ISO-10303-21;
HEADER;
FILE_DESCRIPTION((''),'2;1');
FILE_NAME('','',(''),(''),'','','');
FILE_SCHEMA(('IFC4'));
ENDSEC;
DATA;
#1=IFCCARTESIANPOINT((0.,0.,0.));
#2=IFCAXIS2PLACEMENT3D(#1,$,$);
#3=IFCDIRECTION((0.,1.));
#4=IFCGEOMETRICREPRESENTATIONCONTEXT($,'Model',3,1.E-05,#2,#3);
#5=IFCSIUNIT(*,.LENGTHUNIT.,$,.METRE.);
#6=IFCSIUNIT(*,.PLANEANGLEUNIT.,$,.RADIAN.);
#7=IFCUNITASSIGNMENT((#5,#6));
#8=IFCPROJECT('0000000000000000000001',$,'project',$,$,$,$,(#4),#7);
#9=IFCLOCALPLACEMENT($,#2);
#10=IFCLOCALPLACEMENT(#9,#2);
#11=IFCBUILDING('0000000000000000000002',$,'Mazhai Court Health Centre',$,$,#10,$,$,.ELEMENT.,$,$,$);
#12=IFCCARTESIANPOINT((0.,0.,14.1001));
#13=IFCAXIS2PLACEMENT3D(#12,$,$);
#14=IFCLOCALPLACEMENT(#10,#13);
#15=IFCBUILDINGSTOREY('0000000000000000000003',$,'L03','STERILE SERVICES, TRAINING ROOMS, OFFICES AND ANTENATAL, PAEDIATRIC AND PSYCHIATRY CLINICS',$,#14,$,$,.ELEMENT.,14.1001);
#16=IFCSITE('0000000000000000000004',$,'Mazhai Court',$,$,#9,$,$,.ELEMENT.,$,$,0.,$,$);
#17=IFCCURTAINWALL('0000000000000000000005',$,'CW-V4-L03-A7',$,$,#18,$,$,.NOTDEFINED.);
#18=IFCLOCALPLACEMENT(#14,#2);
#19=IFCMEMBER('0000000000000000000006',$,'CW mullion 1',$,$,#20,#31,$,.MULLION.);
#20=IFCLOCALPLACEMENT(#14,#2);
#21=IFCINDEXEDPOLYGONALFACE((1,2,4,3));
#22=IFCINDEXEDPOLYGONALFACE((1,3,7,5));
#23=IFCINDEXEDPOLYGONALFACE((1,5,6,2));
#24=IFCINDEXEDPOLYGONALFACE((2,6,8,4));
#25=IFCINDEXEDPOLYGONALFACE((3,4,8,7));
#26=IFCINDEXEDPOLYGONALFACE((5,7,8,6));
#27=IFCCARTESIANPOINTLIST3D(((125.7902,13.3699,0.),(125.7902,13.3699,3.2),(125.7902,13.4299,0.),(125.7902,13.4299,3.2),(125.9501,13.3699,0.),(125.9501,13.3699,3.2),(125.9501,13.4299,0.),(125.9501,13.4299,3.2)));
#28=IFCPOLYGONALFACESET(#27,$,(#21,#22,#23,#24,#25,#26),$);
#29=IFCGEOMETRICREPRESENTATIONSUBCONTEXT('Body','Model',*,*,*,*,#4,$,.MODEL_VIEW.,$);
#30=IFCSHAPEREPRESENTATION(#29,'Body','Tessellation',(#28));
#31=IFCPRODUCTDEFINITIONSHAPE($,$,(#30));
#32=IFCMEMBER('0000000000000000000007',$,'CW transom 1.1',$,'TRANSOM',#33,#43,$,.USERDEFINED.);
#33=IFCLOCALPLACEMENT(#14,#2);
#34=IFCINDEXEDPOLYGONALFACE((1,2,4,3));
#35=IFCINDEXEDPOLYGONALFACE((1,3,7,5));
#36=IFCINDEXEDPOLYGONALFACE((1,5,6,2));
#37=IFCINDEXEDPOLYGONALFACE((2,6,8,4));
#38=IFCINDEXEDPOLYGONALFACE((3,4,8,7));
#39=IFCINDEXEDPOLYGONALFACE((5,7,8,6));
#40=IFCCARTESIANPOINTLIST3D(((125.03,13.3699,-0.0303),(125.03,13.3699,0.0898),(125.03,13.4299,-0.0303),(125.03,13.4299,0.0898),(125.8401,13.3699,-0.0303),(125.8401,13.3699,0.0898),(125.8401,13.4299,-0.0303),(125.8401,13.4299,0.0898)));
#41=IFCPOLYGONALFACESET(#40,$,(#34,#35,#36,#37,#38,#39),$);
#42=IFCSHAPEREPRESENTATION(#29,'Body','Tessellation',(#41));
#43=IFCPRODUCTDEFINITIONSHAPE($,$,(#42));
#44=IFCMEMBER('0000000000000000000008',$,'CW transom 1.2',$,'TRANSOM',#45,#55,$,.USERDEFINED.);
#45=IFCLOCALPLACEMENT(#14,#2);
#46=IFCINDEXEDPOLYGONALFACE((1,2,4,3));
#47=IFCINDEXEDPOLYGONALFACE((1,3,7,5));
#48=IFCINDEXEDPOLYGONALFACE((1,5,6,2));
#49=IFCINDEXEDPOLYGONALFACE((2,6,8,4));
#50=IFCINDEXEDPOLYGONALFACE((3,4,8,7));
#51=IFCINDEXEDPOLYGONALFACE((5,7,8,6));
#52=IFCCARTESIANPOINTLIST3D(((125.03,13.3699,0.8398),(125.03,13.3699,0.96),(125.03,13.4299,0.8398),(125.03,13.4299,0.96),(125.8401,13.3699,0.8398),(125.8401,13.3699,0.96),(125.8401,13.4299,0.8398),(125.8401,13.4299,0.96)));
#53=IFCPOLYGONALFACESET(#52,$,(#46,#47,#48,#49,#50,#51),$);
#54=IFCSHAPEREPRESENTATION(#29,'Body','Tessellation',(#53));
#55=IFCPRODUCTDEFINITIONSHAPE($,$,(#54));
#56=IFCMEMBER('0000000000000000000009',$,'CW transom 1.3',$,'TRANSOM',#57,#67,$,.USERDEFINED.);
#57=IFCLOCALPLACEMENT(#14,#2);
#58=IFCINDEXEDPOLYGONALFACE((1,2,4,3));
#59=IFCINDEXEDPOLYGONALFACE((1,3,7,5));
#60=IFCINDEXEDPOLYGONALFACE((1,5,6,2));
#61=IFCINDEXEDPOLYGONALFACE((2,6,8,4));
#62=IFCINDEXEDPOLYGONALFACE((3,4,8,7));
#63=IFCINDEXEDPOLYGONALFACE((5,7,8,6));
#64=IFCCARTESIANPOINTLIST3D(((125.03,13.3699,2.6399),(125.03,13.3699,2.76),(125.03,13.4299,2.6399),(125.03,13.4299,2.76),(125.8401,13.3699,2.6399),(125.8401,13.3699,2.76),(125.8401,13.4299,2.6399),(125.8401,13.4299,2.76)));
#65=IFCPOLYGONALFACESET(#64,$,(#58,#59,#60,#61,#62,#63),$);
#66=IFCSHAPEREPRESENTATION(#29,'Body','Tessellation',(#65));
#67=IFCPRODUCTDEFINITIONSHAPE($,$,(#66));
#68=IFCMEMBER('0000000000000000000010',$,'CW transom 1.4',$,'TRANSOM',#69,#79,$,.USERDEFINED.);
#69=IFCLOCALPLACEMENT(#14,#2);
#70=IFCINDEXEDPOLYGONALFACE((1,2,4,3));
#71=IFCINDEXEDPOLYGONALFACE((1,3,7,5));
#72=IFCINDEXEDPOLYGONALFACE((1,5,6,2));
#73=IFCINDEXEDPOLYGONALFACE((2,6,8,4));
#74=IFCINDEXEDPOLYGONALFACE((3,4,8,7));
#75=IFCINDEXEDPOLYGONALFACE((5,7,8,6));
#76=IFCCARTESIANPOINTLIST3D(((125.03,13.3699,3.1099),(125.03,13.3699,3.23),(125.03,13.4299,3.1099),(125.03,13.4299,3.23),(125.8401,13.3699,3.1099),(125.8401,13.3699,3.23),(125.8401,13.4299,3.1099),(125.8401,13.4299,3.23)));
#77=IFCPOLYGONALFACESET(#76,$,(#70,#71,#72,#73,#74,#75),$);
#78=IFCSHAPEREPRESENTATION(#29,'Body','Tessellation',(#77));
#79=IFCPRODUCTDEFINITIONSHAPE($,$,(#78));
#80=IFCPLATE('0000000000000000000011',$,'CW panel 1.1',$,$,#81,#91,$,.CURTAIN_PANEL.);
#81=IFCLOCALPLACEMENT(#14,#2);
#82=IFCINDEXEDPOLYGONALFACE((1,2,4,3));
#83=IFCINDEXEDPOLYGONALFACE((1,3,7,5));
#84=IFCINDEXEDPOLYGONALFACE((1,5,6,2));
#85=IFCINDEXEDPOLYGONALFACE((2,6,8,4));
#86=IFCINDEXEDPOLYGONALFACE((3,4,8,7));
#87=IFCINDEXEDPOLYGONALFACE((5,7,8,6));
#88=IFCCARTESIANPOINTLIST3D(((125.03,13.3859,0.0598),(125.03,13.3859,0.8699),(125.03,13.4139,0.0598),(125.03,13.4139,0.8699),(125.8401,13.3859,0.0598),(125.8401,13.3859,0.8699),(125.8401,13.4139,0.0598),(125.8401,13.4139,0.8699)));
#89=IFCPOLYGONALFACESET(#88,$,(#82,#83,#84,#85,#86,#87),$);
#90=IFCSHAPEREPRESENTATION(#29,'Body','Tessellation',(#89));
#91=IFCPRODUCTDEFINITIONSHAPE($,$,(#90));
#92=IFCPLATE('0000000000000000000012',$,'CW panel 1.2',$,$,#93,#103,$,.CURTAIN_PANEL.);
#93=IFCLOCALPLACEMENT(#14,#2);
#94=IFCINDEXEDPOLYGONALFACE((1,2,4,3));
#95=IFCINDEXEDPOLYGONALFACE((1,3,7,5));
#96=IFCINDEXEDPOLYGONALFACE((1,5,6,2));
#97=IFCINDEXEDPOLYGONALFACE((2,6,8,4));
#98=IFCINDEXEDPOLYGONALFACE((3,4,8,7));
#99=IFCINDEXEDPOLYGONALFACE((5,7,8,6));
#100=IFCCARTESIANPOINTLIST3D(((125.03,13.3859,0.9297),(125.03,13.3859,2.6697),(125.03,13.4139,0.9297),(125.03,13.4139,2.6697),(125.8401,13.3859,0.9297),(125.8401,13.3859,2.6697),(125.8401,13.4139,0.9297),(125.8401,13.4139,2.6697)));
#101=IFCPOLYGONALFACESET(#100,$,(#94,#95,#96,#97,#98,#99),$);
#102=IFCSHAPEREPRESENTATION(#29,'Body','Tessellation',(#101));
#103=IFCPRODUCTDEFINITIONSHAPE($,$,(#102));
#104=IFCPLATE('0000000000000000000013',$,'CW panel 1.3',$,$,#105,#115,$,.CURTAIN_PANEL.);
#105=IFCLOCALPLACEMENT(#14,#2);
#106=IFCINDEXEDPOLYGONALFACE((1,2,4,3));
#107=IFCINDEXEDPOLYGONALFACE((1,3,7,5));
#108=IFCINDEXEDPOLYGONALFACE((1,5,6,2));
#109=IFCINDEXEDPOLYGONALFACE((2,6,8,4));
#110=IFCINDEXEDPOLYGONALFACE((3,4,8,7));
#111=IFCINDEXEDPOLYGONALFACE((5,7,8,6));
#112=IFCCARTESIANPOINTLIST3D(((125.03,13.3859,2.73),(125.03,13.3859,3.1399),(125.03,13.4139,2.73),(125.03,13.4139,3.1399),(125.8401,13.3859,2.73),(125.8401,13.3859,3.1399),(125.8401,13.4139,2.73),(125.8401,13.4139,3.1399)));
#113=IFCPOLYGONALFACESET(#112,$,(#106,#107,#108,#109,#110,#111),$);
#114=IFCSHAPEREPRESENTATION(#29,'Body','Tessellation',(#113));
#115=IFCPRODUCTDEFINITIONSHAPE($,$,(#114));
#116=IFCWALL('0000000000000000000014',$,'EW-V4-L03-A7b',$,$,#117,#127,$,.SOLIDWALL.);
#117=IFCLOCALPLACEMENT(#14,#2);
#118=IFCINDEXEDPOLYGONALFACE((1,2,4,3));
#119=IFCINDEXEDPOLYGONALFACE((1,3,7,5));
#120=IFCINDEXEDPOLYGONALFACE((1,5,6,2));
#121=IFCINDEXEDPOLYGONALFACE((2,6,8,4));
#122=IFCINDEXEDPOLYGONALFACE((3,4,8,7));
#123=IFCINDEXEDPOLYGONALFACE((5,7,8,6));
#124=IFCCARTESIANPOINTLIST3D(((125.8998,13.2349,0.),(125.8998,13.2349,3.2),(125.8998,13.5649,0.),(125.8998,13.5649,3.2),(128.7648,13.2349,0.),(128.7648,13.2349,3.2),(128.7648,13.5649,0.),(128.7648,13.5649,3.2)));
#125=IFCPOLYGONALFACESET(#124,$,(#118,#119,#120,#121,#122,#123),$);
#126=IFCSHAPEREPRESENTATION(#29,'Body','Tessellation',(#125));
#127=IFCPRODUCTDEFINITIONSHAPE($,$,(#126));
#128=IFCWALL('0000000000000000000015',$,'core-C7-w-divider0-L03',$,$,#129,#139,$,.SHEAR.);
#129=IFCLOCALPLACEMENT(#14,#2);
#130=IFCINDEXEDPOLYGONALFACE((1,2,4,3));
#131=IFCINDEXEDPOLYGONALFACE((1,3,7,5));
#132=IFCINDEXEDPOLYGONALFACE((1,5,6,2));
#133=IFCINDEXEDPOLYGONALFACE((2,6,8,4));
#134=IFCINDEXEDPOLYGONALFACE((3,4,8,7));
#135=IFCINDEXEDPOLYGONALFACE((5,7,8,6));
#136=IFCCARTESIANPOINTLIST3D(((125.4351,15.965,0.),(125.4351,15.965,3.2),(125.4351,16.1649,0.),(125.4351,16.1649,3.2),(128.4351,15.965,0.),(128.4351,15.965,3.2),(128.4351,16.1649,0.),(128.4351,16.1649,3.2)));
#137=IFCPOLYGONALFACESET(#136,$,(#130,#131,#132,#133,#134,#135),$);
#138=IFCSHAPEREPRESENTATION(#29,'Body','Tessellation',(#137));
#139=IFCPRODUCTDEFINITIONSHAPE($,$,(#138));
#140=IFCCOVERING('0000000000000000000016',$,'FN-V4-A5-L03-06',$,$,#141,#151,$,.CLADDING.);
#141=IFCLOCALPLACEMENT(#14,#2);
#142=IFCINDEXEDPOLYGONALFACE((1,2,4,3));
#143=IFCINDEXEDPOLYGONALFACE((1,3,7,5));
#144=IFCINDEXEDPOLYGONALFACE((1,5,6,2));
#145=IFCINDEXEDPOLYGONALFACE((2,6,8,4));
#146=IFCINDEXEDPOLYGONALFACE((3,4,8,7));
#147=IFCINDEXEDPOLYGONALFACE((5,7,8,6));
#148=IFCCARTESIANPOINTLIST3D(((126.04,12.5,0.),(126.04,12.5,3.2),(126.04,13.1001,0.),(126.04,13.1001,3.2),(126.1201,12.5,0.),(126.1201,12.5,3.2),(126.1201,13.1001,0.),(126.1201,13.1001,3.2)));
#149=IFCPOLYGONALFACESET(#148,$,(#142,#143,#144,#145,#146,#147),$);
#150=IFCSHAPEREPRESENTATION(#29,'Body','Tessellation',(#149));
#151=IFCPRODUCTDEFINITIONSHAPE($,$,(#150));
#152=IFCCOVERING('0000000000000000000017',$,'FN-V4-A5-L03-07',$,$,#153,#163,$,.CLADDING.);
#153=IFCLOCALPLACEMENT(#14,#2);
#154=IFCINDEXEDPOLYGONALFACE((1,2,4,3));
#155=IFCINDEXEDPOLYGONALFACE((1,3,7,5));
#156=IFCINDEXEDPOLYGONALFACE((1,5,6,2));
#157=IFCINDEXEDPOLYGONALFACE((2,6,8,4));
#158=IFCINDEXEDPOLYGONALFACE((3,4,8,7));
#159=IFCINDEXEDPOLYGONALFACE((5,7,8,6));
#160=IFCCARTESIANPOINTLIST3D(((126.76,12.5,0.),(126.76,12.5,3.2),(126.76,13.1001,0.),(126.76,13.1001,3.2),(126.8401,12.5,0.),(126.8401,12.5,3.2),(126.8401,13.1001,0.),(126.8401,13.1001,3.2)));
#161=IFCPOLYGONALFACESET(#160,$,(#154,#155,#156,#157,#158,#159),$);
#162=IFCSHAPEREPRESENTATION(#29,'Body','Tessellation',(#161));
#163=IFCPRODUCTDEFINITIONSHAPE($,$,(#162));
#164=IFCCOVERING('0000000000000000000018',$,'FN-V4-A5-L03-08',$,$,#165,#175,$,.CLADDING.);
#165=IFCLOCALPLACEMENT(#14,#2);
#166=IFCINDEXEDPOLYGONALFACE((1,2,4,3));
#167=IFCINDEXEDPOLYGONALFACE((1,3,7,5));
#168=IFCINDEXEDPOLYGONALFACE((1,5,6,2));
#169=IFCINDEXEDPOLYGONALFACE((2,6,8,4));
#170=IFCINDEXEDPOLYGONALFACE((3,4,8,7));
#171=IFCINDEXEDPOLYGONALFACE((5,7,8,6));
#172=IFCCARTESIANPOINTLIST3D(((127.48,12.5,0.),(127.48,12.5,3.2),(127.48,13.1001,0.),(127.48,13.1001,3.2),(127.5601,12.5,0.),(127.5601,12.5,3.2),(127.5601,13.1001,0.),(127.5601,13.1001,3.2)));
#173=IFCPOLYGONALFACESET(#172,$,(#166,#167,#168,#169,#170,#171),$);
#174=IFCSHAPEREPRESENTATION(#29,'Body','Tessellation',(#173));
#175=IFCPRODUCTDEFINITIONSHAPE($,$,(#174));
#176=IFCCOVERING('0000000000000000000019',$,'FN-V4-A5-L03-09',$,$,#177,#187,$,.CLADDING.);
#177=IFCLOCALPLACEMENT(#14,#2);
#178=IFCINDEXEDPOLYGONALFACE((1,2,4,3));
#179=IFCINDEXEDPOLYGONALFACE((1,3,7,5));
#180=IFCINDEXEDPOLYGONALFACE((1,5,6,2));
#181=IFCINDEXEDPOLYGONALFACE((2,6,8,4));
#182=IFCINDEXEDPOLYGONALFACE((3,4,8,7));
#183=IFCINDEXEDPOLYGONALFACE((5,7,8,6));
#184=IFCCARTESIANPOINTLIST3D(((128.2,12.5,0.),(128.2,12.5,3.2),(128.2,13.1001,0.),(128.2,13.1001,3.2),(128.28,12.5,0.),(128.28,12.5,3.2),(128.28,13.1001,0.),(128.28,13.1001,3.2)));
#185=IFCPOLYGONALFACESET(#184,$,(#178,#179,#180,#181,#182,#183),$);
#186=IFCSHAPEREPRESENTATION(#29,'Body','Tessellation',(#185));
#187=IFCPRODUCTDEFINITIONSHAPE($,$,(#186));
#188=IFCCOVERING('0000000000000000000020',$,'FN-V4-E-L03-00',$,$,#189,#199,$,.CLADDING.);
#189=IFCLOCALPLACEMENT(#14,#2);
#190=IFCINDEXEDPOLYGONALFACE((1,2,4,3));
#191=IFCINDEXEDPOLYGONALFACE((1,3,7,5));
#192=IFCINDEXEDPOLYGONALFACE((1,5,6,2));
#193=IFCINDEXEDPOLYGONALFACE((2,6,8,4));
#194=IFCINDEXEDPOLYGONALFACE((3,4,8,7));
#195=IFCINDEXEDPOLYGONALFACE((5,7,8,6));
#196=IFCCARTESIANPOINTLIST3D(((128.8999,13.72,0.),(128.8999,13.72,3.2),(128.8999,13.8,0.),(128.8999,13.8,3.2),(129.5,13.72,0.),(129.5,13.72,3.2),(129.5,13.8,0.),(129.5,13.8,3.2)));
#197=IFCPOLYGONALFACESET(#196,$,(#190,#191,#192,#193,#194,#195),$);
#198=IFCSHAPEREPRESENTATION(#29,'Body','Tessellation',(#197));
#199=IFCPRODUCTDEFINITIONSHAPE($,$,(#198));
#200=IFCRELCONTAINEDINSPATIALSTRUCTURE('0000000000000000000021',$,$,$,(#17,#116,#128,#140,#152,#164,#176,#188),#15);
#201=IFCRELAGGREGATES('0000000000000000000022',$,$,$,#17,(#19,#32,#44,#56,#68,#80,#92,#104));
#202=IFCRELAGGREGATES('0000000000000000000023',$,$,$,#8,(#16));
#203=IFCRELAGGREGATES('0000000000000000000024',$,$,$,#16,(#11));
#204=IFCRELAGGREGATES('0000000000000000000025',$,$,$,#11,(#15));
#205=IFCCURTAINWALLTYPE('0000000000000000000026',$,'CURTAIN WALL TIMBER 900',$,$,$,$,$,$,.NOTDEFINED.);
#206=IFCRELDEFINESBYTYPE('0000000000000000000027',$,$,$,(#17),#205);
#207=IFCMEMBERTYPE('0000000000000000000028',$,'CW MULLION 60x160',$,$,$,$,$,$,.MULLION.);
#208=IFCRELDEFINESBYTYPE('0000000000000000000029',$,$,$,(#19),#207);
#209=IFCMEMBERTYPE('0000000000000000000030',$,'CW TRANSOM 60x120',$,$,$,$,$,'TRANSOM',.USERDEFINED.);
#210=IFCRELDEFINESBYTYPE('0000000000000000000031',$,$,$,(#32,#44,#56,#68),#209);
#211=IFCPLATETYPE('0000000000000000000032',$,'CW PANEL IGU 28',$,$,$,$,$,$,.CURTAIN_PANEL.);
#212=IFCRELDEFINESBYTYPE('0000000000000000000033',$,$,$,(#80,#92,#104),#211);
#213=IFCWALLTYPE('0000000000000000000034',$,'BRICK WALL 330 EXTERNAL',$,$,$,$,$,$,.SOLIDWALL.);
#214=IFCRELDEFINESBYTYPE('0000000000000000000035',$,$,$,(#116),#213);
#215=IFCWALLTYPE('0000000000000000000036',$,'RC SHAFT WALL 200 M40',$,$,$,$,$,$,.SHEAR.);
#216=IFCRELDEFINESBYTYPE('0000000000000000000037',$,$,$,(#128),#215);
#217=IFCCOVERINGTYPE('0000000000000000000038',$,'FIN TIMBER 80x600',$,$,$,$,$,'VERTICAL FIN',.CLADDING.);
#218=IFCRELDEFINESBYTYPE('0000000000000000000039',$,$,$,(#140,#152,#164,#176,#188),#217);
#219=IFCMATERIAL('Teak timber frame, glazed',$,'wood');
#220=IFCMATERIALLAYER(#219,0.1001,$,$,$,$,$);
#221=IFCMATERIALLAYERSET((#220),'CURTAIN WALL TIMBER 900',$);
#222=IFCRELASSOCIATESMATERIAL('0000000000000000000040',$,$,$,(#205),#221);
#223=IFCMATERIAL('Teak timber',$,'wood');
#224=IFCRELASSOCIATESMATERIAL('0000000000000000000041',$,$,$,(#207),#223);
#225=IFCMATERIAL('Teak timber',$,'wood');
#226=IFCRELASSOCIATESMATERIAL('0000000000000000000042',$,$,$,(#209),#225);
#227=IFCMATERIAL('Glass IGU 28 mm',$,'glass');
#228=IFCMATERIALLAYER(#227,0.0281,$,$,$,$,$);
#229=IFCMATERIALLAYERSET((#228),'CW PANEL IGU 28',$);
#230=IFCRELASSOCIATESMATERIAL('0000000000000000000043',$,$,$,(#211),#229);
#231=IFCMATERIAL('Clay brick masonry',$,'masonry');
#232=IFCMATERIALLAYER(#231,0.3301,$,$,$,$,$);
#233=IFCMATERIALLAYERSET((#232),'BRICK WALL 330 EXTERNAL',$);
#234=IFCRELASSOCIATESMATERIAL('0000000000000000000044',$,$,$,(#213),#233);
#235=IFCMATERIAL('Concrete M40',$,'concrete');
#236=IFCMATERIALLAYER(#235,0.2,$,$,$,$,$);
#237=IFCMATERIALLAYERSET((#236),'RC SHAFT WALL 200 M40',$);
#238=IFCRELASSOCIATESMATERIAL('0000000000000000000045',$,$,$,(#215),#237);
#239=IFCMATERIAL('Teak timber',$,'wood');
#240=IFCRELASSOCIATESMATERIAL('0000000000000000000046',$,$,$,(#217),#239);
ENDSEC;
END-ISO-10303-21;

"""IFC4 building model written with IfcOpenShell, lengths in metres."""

from ifc_helpers import new_model, si_unit, direction, frame, frame_2d, origin, origin_2d, place, context, subcontext, project, spatial, rectangle, extrude, material, layer, layer_set, material_profile, profile_set, type_object, element, aggregate, save


model = new_model("IFC4")

# Units and contexts
model_context = context("Model", 3, precision=1e-05, world=origin(), true_north=direction((0.0, 1.0)))
body_context = subcontext(model_context, "Body", "Model", "MODEL_VIEW")
ifc_project = project(units=[si_unit("LENGTHUNIT", "METRE"), si_unit("PLANEANGLEUNIT", "RADIAN")], contexts=[model_context])

# Site, building, storey
site_placement = place(None, origin())
site = spatial("IfcSite", under=ifc_project, at=site_placement, Name="Mazhai Court", CompositionType="ELEMENT", RefElevation=0.0)
building_placement = place(site_placement, origin())
building = spatial("IfcBuilding", under=site, at=building_placement, Name="Mazhai Court Health Centre", CompositionType="ELEMENT")
storey_placement = place(building_placement, frame((0.0, 0.0, 14.1001)))
storey = spatial("IfcBuildingStorey", under=building, at=storey_placement, Name="L03", Description="STERILE SERVICES, TRAINING ROOMS, OFFICES AND ANTENATAL, PAEDIATRIC AND PSYCHIATRY CLINICS", CompositionType="ELEMENT", Elevation=14.1001)

# Curtain wall, members, plates
ifc_material_1 = material(Name="Teak timber frame, glazed", Category="wood")
ifc_layer_1 = layer(ifc_material_1, 0.1001)
ifc_layer_set_1 = layer_set([ifc_layer_1], Name="CURTAIN WALL TIMBER 900")
curtain_wall_type = type_object("IfcCurtainWallType", Name="CURTAIN WALL TIMBER 900", PredefinedType="NOTDEFINED", material=ifc_layer_set_1)
curtain_wall_placement = place(storey_placement, origin())
curtain_wall = element("IfcCurtainWall", 1, at=curtain_wall_placement, inside=storey, type_object=curtain_wall_type, Name="CW-V4-L03-A7", PredefinedType="NOTDEFINED")
ifc_material_2 = material(Name="Teak timber", Category="wood")
ifc_material_profile_1 = material_profile(ifc_material_2, rectangle(XDim=0.0601, YDim=0.1599, at=origin_2d()), Name="CW MULLION 60x160")
ifc_profile_set_1 = profile_set([ifc_material_profile_1], Name="Teak timber")
member_type_1 = type_object("IfcMemberType", Name="CW MULLION 60x160", PredefinedType="MULLION", material=ifc_profile_set_1)
member_1_placement = place(storey_placement, frame((125.8701, 13.3999, 0.0), z_axis=(0.0, 0.0, 1.0), x_axis=(0.0, -1.0, 0.0)))
member_1 = element("IfcMember", 2, at=member_1_placement, type_object=member_type_1, Name="CW mullion 1", PredefinedType="MULLION", context=body_context, shape_type="SweptSolid", body=[
    extrude(rectangle(XDim=0.0601, YDim=0.1599, at=origin_2d()), origin(), (0.0, 0.0, 1.0), 3.2),
])
ifc_material_3 = material(Name="Teak timber", Category="wood")
ifc_material_profile_2 = material_profile(ifc_material_3, rectangle(XDim=0.0601, YDim=0.1201, at=origin_2d()), Name="CW TRANSOM 60x120")
ifc_profile_set_2 = profile_set([ifc_material_profile_2], Name="Teak timber")
member_type_2 = type_object("IfcMemberType", Name="CW TRANSOM 60x120", ElementType="TRANSOM", PredefinedType="USERDEFINED", material=ifc_profile_set_2)
member_2_placement = place(storey_placement, frame((125.8401, 13.3999, 0.0298), z_axis=(-1.0, 0.0, 0.0), x_axis=(0.0, -1.0, 0.0)))
member_2 = element("IfcMember", 3, at=member_2_placement, type_object=member_type_2, Name="CW transom 1.1", ObjectType="TRANSOM", PredefinedType="USERDEFINED", context=body_context, shape_type="SweptSolid", body=[
    extrude(rectangle(XDim=0.0601, YDim=0.1201, at=origin_2d()), origin(), (0.0, 0.0, 1.0), 0.8101),
])
member_3_placement = place(storey_placement, frame((125.8401, 13.3999, 0.8999), z_axis=(-1.0, 0.0, 0.0), x_axis=(0.0, -1.0, 0.0)))
member_3 = element("IfcMember", 4, at=member_3_placement, type_object=member_type_2, Name="CW transom 1.2", ObjectType="TRANSOM", PredefinedType="USERDEFINED", context=body_context, shape_type="SweptSolid", body=[
    extrude(rectangle(XDim=0.0601, YDim=0.1201, at=origin_2d()), origin(), (0.0, 0.0, 1.0), 0.8101),
])
member_4_placement = place(storey_placement, frame((125.8401, 13.3999, 2.7), z_axis=(-1.0, 0.0, 0.0), x_axis=(0.0, -1.0, 0.0)))
member_4 = element("IfcMember", 5, at=member_4_placement, type_object=member_type_2, Name="CW transom 1.3", ObjectType="TRANSOM", PredefinedType="USERDEFINED", context=body_context, shape_type="SweptSolid", body=[
    extrude(rectangle(XDim=0.0601, YDim=0.1201, at=origin_2d()), origin(), (0.0, 0.0, 1.0), 0.8101),
])
member_5_placement = place(storey_placement, frame((125.8401, 13.3999, 3.1699), z_axis=(-1.0, 0.0, 0.0), x_axis=(0.0, -1.0, 0.0)))
member_5 = element("IfcMember", 6, at=member_5_placement, type_object=member_type_2, Name="CW transom 1.4", ObjectType="TRANSOM", PredefinedType="USERDEFINED", context=body_context, shape_type="SweptSolid", body=[
    extrude(rectangle(XDim=0.0601, YDim=0.1201, at=origin_2d()), origin(), (0.0, 0.0, 1.0), 0.8101),
])
ifc_material_4 = material(Name="Glass IGU 28 mm", Category="glass")
ifc_layer_2 = layer(ifc_material_4, 0.0281)
ifc_layer_set_2 = layer_set([ifc_layer_2], Name="CW PANEL IGU 28")
plate_type = type_object("IfcPlateType", Name="CW PANEL IGU 28", PredefinedType="CURTAIN_PANEL", material=ifc_layer_set_2)
plate_1_placement = place(storey_placement, frame((125.4351, 13.3999, 0.0598), z_axis=(0.0, 0.0, 1.0), x_axis=(-1.0, 0.0, 0.0)))
plate_1 = element("IfcPlate", 7, at=plate_1_placement, type_object=plate_type, Name="CW panel 1.1", PredefinedType="CURTAIN_PANEL", context=body_context, shape_type="SweptSolid", body=[
    extrude(rectangle(XDim=0.8101, YDim=0.0281, at=origin_2d()), origin(), (0.0, 0.0, 1.0), 0.8101),
])
plate_2_placement = place(storey_placement, frame((125.4351, 13.3999, 0.9297), z_axis=(0.0, 0.0, 1.0), x_axis=(-1.0, 0.0, 0.0)))
plate_2 = element("IfcPlate", 8, at=plate_2_placement, type_object=plate_type, Name="CW panel 1.2", PredefinedType="CURTAIN_PANEL", context=body_context, shape_type="SweptSolid", body=[
    extrude(rectangle(XDim=0.8101, YDim=0.0281, at=origin_2d()), origin(), (0.0, 0.0, 1.0), 1.74),
])
plate_3_placement = place(storey_placement, frame((125.4351, 13.3999, 2.73), z_axis=(0.0, 0.0, 1.0), x_axis=(-1.0, 0.0, 0.0)))
plate_3 = element("IfcPlate", 9, at=plate_3_placement, type_object=plate_type, Name="CW panel 1.3", PredefinedType="CURTAIN_PANEL", context=body_context, shape_type="SweptSolid", body=[
    extrude(rectangle(XDim=0.8101, YDim=0.0281, at=origin_2d()), origin(), (0.0, 0.0, 1.0), 0.4099),
])
aggregate(curtain_wall, [member_1, member_2, member_3, member_4, member_5, plate_1, plate_2, plate_3])

# Walls
ifc_material_5 = material(Name="Clay brick masonry", Category="masonry")
ifc_layer_3 = layer(ifc_material_5, 0.3301)
ifc_layer_set_3 = layer_set([ifc_layer_3], Name="BRICK WALL 330 EXTERNAL")
wall_type_1 = type_object("IfcWallType", Name="BRICK WALL 330 EXTERNAL", PredefinedType="SOLIDWALL", material=ifc_layer_set_3)
wall_1_placement = place(storey_placement, frame((128.7649, 13.3999, 0.0), z_axis=(0.0, 0.0, 1.0), x_axis=(-1.0, 0.0, 0.0)))
element("IfcWall", 10, at=wall_1_placement, inside=storey, type_object=wall_type_1, Name="EW-V4-L03-A7b", PredefinedType="SOLIDWALL", context=body_context, shape_type="SweptSolid", body=[
    extrude(rectangle(XDim=2.865, YDim=0.3301, at=frame_2d((1.4326, 0.0))), origin(), (0.0, 0.0, 1.0), 3.2),
])
ifc_material_6 = material(Name="Concrete M40", Category="concrete")
ifc_layer_4 = layer(ifc_material_6, 0.2)
ifc_layer_set_4 = layer_set([ifc_layer_4], Name="RC SHAFT WALL 200 M40")
wall_type_2 = type_object("IfcWallType", Name="RC SHAFT WALL 200 M40", PredefinedType="SHEAR", material=ifc_layer_set_4)
wall_2_placement = place(storey_placement, frame((128.4351, 16.0649, 0.0), z_axis=(0.0, 0.0, 1.0), x_axis=(-1.0, 0.0, 0.0)))
element("IfcWall", 11, at=wall_2_placement, inside=storey, type_object=wall_type_2, Name="core-C7-w-divider0-L03", PredefinedType="SHEAR", context=body_context, shape_type="SweptSolid", body=[
    extrude(rectangle(XDim=3.0, YDim=0.2, at=frame_2d((1.5, 0.0))), origin(), (0.0, 0.0, 1.0), 3.2),
])

# Coverings
ifc_material_7 = material(Name="Teak timber", Category="wood")
covering_type = type_object("IfcCoveringType", Name="FIN TIMBER 80x600", ElementType="VERTICAL FIN", PredefinedType="CLADDING", material=ifc_material_7)
for number, where, z_axis, x_axis, name in (
    (12, (126.0801, 12.8, 0.0), (0.0, 0.0, 1.0), (1.0, 0.0, 0.0), "FN-V4-A5-L03-06"),
    (13, (126.8, 12.8, 0.0), (0.0, 0.0, 1.0), (1.0, 0.0, 0.0), "FN-V4-A5-L03-07"),
    (14, (127.52, 12.8, 0.0), (0.0, 0.0, 1.0), (1.0, 0.0, 0.0), "FN-V4-A5-L03-08"),
    (15, (128.24, 12.8, 0.0), (0.0, 0.0, 1.0), (1.0, 0.0, 0.0), "FN-V4-A5-L03-09"),
    (16, (129.2, 13.76, 0.0), (0.0, 0.0, 1.0), (0.0, 1.0, 0.0), "FN-V4-E-L03-00"),
):
    element("IfcCovering", number, at=place(storey_placement, frame(where, z_axis=z_axis, x_axis=x_axis)), inside=storey, type_object=covering_type, Name=name, PredefinedType="CLADDING", context=body_context, shape_type="SweptSolid", body=[
        extrude(rectangle(XDim=0.0801, YDim=0.6001, at=origin_2d()), origin(), (0.0, 0.0, 1.0), 3.2),
    ])

save(model, "model.ifc")
